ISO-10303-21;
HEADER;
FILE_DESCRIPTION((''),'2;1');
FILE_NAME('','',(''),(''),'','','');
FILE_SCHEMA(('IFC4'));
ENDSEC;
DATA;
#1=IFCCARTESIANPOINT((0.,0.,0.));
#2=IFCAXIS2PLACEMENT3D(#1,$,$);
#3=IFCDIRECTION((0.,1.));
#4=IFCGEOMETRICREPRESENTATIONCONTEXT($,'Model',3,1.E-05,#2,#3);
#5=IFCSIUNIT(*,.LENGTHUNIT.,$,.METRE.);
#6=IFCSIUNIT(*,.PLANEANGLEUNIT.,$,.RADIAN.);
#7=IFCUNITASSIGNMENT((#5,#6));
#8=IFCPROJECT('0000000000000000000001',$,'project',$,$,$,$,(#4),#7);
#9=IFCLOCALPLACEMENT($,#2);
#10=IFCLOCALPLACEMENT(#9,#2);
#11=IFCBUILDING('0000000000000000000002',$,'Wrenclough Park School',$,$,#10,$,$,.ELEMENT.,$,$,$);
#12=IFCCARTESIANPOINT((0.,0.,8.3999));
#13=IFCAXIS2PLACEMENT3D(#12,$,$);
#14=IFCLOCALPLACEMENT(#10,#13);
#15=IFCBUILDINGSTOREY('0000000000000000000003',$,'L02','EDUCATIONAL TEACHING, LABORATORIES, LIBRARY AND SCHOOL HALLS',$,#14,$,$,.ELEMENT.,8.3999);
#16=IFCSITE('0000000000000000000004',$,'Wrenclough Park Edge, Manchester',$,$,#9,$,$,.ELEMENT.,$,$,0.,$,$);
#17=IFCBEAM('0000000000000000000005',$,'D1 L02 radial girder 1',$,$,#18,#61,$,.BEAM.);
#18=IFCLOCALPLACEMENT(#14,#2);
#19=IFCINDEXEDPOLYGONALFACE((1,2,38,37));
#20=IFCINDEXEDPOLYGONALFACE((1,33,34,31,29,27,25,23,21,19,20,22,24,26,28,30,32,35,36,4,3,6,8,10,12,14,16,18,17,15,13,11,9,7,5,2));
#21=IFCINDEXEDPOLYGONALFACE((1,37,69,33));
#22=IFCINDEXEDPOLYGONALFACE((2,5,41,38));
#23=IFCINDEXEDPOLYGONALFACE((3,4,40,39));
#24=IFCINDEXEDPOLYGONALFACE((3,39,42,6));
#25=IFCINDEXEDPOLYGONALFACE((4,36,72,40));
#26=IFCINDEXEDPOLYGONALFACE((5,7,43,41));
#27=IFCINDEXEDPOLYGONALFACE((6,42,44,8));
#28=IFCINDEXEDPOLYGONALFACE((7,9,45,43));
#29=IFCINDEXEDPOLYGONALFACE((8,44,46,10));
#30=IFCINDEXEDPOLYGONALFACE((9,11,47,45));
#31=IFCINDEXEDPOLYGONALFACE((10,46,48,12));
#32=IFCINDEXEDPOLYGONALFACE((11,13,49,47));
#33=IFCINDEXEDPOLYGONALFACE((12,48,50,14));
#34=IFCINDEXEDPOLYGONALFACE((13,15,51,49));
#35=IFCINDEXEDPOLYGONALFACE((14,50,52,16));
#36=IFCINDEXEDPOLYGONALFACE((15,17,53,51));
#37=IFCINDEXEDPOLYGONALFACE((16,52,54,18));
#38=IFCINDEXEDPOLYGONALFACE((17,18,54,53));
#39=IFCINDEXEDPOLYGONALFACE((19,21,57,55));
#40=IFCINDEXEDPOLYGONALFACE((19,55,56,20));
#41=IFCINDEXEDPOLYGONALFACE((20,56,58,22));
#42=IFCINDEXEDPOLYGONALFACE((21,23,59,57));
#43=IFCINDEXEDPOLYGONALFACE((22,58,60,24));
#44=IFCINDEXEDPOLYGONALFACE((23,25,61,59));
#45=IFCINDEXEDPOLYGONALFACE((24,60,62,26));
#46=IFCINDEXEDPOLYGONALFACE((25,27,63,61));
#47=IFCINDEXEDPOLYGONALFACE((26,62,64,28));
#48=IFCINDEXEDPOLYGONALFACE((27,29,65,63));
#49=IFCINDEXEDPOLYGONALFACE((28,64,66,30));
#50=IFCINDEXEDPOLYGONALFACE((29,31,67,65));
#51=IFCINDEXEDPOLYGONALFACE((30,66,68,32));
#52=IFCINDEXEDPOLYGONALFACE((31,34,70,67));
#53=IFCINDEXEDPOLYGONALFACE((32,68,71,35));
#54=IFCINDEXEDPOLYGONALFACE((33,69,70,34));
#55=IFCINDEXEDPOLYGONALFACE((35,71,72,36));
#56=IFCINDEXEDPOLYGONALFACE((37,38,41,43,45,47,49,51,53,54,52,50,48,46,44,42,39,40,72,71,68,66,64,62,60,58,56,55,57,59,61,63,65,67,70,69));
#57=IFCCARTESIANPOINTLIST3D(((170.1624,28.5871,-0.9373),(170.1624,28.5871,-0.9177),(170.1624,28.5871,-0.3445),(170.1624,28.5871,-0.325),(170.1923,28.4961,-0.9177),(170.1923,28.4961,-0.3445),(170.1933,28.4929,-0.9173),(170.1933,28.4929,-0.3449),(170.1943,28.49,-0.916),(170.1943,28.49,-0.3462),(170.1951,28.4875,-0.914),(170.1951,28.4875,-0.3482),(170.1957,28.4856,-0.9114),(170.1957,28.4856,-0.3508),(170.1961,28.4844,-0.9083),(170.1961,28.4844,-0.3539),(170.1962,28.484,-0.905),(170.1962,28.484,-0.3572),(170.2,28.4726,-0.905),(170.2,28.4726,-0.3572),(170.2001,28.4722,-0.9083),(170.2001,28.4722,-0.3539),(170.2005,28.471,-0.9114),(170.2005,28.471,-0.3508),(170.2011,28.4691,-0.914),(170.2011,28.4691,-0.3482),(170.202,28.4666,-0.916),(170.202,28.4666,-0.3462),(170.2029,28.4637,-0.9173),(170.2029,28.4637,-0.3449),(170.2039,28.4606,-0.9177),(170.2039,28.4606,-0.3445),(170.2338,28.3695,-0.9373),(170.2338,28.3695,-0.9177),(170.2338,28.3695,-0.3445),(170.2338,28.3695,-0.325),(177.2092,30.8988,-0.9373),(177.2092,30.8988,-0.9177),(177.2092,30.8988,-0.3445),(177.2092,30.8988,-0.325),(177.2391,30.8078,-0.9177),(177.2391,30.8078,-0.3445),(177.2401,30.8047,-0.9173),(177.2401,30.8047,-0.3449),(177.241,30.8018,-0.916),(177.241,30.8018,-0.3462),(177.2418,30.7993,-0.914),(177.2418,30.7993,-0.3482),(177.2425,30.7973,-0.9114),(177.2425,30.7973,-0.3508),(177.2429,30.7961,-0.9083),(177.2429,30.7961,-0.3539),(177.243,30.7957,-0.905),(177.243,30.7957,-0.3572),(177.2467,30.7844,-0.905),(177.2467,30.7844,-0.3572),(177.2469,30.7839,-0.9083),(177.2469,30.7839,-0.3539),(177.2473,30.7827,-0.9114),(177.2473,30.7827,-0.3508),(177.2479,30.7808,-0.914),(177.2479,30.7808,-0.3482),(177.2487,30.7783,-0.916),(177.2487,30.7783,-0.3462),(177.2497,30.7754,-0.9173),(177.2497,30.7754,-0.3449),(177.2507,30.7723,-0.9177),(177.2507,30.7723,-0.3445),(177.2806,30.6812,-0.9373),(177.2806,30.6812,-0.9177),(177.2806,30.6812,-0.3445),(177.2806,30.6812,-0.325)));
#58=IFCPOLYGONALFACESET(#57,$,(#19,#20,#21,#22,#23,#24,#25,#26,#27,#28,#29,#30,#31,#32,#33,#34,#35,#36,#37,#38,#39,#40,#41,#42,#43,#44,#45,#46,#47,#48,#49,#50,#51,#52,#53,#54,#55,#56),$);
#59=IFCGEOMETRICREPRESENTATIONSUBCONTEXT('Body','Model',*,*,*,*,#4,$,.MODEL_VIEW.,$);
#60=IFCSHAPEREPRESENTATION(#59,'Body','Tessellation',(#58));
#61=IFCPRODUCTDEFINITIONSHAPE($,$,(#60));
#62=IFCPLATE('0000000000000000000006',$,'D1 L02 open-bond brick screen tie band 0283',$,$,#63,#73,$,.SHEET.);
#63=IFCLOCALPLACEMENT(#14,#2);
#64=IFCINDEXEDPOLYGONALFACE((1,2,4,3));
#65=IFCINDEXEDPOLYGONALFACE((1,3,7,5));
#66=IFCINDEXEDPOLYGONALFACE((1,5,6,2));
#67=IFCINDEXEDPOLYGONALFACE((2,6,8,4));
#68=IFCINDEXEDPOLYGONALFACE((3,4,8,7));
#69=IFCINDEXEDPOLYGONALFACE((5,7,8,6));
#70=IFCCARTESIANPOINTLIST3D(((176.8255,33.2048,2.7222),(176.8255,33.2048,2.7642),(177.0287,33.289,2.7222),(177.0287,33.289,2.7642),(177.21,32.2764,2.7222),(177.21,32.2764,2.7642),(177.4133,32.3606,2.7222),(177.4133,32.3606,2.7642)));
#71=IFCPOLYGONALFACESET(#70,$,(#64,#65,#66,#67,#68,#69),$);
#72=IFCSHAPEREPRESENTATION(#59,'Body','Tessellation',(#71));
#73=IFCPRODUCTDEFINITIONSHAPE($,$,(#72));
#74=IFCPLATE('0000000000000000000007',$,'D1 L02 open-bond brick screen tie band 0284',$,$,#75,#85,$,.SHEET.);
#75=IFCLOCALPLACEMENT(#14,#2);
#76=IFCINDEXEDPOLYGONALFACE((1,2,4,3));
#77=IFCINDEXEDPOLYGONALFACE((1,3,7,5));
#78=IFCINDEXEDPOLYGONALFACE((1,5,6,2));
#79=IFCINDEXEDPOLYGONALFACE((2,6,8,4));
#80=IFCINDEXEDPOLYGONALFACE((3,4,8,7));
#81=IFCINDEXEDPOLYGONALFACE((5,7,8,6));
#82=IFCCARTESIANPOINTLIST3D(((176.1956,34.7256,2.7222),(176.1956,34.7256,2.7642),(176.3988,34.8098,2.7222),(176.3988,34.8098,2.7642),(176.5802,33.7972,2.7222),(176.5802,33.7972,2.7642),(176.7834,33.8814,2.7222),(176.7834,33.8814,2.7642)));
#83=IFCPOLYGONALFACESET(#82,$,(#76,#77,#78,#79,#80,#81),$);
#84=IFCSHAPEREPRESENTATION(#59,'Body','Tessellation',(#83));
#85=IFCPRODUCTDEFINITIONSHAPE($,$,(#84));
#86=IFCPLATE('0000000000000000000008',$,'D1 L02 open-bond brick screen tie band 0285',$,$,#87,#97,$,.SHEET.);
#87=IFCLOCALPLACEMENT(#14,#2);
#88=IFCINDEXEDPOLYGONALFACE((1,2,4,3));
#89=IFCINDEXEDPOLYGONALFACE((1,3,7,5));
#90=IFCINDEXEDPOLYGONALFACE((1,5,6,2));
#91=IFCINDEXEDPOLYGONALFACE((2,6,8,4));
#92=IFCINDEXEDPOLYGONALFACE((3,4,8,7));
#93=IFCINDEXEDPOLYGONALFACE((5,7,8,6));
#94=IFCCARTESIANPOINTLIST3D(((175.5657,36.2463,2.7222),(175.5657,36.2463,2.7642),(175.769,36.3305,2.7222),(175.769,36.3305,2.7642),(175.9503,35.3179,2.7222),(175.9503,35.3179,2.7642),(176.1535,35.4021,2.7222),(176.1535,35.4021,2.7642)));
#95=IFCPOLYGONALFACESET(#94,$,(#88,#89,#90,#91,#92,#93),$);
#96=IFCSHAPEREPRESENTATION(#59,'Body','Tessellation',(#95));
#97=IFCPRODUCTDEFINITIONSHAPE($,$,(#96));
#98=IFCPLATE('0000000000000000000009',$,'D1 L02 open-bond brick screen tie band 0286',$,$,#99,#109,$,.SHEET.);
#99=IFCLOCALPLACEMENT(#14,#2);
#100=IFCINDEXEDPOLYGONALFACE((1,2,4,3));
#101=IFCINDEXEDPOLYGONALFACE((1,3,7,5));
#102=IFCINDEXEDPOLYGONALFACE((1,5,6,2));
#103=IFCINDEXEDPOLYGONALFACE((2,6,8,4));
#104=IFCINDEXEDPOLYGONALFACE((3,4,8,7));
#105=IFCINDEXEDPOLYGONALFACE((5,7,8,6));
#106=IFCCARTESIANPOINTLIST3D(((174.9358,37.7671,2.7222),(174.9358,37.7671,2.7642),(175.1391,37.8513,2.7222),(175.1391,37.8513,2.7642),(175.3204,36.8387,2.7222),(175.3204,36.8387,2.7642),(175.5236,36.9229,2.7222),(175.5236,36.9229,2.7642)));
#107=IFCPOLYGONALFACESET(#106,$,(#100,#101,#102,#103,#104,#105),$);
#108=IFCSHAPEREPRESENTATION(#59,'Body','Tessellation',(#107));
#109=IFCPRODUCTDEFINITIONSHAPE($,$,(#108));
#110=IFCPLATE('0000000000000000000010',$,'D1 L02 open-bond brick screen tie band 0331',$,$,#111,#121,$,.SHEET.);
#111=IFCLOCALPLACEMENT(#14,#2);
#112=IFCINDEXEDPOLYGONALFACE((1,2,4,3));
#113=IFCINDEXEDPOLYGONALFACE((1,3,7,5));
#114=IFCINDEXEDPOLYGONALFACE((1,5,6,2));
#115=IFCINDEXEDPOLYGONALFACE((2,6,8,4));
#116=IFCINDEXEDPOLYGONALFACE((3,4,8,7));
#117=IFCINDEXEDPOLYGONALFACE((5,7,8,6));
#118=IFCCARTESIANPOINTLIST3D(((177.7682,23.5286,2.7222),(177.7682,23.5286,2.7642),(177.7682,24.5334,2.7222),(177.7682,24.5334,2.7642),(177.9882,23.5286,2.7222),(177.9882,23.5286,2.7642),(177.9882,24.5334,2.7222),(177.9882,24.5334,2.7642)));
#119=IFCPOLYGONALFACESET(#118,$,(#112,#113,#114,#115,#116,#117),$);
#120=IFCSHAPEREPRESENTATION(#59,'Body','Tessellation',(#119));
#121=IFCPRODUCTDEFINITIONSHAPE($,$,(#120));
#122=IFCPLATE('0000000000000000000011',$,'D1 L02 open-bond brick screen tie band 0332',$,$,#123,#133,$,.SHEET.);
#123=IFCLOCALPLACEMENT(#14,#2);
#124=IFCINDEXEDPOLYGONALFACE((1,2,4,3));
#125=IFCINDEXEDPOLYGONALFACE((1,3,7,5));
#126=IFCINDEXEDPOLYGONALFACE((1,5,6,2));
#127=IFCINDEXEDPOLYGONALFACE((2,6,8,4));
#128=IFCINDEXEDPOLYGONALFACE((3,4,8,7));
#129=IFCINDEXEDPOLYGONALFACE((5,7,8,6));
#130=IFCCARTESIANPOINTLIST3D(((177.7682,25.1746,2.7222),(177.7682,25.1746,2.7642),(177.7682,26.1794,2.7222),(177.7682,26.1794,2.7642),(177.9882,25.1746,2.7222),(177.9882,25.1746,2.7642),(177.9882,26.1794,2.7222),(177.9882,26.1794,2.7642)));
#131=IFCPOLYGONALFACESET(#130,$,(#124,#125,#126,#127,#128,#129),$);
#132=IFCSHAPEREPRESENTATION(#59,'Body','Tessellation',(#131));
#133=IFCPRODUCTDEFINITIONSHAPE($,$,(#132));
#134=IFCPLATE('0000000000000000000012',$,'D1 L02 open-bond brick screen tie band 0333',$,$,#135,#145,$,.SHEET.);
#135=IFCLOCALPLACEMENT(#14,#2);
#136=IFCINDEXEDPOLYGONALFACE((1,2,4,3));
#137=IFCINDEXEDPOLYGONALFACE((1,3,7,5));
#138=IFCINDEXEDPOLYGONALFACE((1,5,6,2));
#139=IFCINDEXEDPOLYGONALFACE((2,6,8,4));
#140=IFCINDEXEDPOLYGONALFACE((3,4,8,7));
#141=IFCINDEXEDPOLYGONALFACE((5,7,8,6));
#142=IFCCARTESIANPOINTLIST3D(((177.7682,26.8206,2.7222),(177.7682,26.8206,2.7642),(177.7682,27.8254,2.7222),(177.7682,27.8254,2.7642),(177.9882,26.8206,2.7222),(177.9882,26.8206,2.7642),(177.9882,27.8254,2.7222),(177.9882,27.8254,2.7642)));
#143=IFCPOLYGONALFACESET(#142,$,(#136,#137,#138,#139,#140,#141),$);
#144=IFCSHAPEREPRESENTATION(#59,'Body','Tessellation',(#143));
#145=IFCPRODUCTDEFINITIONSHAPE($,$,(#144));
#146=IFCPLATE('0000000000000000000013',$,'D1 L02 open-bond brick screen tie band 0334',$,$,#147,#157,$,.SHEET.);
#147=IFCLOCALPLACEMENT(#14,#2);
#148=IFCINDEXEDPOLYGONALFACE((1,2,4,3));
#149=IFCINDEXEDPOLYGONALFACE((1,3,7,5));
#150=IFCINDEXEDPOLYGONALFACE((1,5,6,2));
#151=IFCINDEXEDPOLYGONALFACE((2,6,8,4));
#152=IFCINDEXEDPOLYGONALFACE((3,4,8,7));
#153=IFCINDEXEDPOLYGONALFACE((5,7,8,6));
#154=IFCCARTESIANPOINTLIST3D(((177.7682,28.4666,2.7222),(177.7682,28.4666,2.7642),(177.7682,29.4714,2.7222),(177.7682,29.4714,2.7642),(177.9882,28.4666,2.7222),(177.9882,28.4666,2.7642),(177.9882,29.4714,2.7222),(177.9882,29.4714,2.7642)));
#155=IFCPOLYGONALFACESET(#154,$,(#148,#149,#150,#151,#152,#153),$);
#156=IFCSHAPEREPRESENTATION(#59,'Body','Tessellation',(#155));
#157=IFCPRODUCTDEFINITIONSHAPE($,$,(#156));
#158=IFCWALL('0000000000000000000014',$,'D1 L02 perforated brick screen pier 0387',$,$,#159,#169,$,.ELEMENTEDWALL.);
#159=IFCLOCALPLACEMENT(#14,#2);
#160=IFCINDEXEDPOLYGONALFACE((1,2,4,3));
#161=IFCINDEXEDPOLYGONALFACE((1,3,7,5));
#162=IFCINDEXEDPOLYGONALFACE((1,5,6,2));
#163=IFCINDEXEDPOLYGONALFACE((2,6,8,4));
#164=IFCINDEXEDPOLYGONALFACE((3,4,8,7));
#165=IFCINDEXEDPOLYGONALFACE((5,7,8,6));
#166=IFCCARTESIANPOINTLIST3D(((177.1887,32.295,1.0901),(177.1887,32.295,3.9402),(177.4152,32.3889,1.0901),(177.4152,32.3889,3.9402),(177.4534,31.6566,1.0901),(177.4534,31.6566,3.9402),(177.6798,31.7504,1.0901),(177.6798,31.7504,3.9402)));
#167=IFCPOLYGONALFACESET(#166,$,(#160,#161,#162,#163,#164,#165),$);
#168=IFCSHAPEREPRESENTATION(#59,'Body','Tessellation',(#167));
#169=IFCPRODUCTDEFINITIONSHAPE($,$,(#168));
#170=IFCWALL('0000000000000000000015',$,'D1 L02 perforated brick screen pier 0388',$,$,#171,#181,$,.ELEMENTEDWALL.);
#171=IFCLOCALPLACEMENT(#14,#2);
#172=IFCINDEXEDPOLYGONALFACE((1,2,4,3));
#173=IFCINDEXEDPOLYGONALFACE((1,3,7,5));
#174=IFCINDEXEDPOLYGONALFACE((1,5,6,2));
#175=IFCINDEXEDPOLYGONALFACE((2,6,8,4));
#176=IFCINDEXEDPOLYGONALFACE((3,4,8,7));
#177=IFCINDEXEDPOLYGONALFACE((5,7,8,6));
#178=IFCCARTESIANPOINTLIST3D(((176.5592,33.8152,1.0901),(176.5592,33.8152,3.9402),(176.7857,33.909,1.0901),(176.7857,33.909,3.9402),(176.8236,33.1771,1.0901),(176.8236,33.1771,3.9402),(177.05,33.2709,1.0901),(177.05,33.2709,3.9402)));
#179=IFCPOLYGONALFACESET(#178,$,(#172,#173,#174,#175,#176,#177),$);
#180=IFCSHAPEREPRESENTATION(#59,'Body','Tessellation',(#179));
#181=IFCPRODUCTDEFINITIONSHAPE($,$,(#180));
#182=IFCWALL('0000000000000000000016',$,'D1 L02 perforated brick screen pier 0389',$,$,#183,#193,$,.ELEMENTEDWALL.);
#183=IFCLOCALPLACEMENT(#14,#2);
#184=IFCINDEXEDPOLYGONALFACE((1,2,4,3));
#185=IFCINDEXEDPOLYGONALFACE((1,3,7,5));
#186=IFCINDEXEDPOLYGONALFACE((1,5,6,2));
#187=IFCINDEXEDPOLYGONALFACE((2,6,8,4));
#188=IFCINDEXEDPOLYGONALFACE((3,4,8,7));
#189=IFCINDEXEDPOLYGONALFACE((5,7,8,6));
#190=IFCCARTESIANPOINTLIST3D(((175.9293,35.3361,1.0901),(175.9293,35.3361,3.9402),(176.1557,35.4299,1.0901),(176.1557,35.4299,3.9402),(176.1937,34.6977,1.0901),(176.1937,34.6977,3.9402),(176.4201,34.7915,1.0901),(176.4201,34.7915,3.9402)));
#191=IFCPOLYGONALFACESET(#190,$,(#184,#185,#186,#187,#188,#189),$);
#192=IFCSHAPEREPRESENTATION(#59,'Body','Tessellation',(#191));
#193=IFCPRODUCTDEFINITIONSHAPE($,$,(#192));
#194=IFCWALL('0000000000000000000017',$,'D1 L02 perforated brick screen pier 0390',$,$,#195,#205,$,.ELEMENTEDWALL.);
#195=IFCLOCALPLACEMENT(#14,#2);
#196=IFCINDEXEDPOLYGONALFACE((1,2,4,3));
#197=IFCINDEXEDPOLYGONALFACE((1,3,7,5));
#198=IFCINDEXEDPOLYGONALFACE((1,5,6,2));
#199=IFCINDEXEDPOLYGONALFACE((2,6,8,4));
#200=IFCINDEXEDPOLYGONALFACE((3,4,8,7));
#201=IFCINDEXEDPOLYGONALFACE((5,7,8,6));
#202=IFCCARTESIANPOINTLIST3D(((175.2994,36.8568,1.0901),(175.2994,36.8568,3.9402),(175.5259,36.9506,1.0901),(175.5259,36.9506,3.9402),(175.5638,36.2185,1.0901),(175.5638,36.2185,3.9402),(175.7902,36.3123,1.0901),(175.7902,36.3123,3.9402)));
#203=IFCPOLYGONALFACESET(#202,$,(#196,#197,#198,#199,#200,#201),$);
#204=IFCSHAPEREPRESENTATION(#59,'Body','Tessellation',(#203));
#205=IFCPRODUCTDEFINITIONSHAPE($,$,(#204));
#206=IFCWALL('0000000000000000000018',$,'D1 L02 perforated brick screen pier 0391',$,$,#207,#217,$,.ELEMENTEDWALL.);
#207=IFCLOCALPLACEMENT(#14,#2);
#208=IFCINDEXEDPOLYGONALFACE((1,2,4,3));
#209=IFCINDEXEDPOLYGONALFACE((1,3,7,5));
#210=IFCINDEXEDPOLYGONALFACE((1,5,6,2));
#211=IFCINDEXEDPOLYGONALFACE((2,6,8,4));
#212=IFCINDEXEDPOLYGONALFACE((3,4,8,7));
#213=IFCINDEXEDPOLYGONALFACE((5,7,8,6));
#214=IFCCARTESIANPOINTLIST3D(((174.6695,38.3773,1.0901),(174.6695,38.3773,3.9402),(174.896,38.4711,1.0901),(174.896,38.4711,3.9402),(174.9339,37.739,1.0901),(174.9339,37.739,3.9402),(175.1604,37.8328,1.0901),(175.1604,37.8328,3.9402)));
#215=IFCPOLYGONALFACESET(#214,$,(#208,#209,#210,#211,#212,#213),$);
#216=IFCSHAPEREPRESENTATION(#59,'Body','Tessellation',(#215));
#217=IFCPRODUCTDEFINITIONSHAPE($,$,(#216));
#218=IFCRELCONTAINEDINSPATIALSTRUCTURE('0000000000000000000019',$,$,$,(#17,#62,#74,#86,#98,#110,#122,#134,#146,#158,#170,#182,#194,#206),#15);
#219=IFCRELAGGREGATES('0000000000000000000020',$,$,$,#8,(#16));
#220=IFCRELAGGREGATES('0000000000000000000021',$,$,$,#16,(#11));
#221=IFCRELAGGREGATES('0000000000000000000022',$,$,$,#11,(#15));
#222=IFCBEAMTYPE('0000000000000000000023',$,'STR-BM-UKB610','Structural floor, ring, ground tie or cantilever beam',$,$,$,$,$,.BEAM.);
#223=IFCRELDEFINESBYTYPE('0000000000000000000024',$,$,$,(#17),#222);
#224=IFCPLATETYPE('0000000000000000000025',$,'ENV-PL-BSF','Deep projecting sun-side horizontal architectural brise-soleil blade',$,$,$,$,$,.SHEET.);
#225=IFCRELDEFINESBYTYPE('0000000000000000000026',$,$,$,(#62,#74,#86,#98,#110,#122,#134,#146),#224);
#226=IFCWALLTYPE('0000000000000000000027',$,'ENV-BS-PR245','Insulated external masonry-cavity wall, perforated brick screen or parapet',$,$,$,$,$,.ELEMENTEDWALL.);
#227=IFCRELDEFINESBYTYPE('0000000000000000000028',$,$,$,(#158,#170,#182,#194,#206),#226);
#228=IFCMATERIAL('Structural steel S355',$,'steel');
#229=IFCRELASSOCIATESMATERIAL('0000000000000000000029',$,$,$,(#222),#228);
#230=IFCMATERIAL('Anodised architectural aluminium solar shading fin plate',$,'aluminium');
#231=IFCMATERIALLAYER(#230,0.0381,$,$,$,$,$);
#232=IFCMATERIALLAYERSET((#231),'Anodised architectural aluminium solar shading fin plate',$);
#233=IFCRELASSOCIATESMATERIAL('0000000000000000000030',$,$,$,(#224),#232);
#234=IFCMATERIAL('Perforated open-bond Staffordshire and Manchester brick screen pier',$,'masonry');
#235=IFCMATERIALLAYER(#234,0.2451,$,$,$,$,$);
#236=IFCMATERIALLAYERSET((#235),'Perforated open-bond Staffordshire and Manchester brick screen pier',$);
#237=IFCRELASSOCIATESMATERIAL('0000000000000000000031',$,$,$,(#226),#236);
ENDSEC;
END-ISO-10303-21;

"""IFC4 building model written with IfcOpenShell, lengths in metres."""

from ifc_helpers import new_model, si_unit, direction, frame, frame_2d, origin, origin_2d, place, context, subcontext, project, spatial, rectangle, i_section, extrude, material, layer, layer_set, material_profile, profile_set, type_object, element, save


model = new_model("IFC4")

# Units and contexts
model_context = context("Model", 3, precision=1e-05, world=origin(), true_north=direction((0.0, 1.0)))
body_context = subcontext(model_context, "Body", "Model", "MODEL_VIEW")
ifc_project = project(units=[si_unit("LENGTHUNIT", "METRE"), si_unit("PLANEANGLEUNIT", "RADIAN")], contexts=[model_context])

# Site, building, storey
site_placement = place(None, origin())
site = spatial("IfcSite", under=ifc_project, at=site_placement, Name="Wrenclough Park Edge, Manchester", CompositionType="ELEMENT", RefElevation=0.0)
building_placement = place(site_placement, origin())
building = spatial("IfcBuilding", under=site, at=building_placement, Name="Wrenclough Park School", CompositionType="ELEMENT")
storey_placement = place(building_placement, frame((0.0, 0.0, 8.3999)))
storey = spatial("IfcBuildingStorey", under=building, at=storey_placement, Name="L02", Description="EDUCATIONAL TEACHING, LABORATORIES, LIBRARY AND SCHOOL HALLS", CompositionType="ELEMENT", Elevation=8.3999)

# Shared definitions
ifc_material_1 = material(Name="Structural steel S355", Category="steel")

# Beam
ifc_material_profile_1 = material_profile(ifc_material_1, i_section(OverallWidth=0.229, OverallDepth=0.6123, WebThickness=0.012, FlangeThickness=0.0195, FilletRadius=0.0127, at=origin_2d()), Name="UKB 610x229x125")
ifc_profile_set_1 = profile_set([ifc_material_profile_1], Name="Structural steel S355")
beam_type_1 = type_object("IfcBeamType", Name="STR-BM-UKB610", Description="Structural floor, ring, ground tie or cantilever beam", PredefinedType="BEAM", material=ifc_profile_set_1)
beam_1_placement = place(storey_placement, frame((177.2449, 30.79, -0.6311), z_axis=(-0.950177, -0.311711, 0.0), x_axis=(0.311711, -0.950177, 0.0)))
element("IfcBeam", 1, at=beam_1_placement, inside=storey, type_object=beam_type_1, Name="D1 L02 radial girder 1", PredefinedType="BEAM", context=body_context, shape_type="SweptSolid", body=[
    extrude(i_section(OverallWidth=0.229, OverallDepth=0.6123, WebThickness=0.012, FlangeThickness=0.0195, FilletRadius=0.0127, at=origin_2d()), origin(), (0.0, 0.0, 1.0), 7.4163),
])

# Plates
ifc_material_2 = material(Name="Anodised architectural aluminium solar shading fin plate", Category="aluminium")
ifc_layer_1 = layer(ifc_material_2, 0.0381)
ifc_layer_set_1 = layer_set([ifc_layer_1], Name="Anodised architectural aluminium solar shading fin plate")
plate_type = type_object("IfcPlateType", Name="ENV-PL-BSF", Description="Deep projecting sun-side horizontal architectural brise-soleil blade", PredefinedType="SHEET", material=ifc_layer_set_1)
for number, where, z_axis, x_axis, name in (
    (2, (177.1194, 32.7827, 2.7222), (0.0, 0.0, 1.0), (-0.382684, 0.923879, 0.0), "D1 L02 open-bond brick screen tie band 0283"),
    (3, (176.4895, 34.3035, 2.7222), (0.0, 0.0, 1.0), (-0.382684, 0.923879, 0.0), "D1 L02 open-bond brick screen tie band 0284"),
    (4, (175.8596, 35.8242, 2.7222), (0.0, 0.0, 1.0), (-0.382684, 0.923879, 0.0), "D1 L02 open-bond brick screen tie band 0285"),
    (5, (175.2297, 37.345, 2.7222), (0.0, 0.0, 1.0), (-0.382684, 0.923879, 0.0), "D1 L02 open-bond brick screen tie band 0286"),
    (6, (177.8782, 24.031, 2.7222), (0.0, 0.0, 1.0), (0.0, 1.0, 0.0), "D1 L02 open-bond brick screen tie band 0331"),
    (7, (177.8782, 25.677, 2.7222), (0.0, 0.0, 1.0), (0.0, 1.0, 0.0), "D1 L02 open-bond brick screen tie band 0332"),
    (8, (177.8782, 27.323, 2.7222), (0.0, 0.0, 1.0), (0.0, 1.0, 0.0), "D1 L02 open-bond brick screen tie band 0333"),
    (9, (177.8782, 28.969, 2.7222), (0.0, 0.0, 1.0), (0.0, 1.0, 0.0), "D1 L02 open-bond brick screen tie band 0334"),
):
    element("IfcPlate", number, at=place(storey_placement, frame(where, z_axis=z_axis, x_axis=x_axis)), inside=storey, type_object=plate_type, Name=name, PredefinedType="SHEET", context=body_context, shape_type="SweptSolid", body=[
        extrude(rectangle(XDim=1.0049, YDim=0.22, at=origin_2d()), origin(), (0.0, 0.0, 1.0), 0.042),
    ])

# Walls
ifc_material_3 = material(Name="Perforated open-bond Staffordshire and Manchester brick screen pier", Category="masonry")
ifc_layer_2 = layer(ifc_material_3, 0.2451)
ifc_layer_set_2 = layer_set([ifc_layer_2], Name="Perforated open-bond Staffordshire and Manchester brick screen pier")
wall_type_1 = type_object("IfcWallType", Name="ENV-BS-PR245", Description="Insulated external masonry-cavity wall, perforated brick screen or parapet", PredefinedType="ELEMENTEDWALL", material=ifc_layer_set_2)
wall_1_placement = place(storey_placement, frame((177.5667, 31.7034, 1.0901), z_axis=(0.0, 0.0, 1.0), x_axis=(-0.382934, 0.923776, 0.0)))
element("IfcWall", 10, at=wall_1_placement, inside=storey, type_object=wall_type_1, Name="D1 L02 perforated brick screen pier 0387", PredefinedType="ELEMENTEDWALL", context=body_context, shape_type="SweptSolid", body=[
    extrude(rectangle(XDim=0.6912, YDim=0.2451, at=frame_2d((0.3457, 0.0))), origin(), (0.0, 0.0, 1.0), 2.8501),
])
wall_2_placement = place(storey_placement, frame((176.9368, 33.2241, 1.0901), z_axis=(0.0, 0.0, 1.0), x_axis=(-0.382758, 0.923849, 0.0)))
element("IfcWall", 11, at=wall_2_placement, inside=storey, type_object=wall_type_1, Name="D1 L02 perforated brick screen pier 0388", PredefinedType="ELEMENTEDWALL", context=body_context, shape_type="SweptSolid", body=[
    extrude(rectangle(XDim=0.6907, YDim=0.2451, at=frame_2d((0.3452, 0.0))), origin(), (0.0, 0.0, 1.0), 2.8501),
])
for number, where, z_axis, x_axis, name in (
    (12, (176.3069, 34.7446, 1.0901), (0.0, 0.0, 1.0), (-0.382633, 0.923901, 0.0), "D1 L02 perforated brick screen pier 0389"),
    (13, (175.677, 36.2654, 1.0901), (0.0, 0.0, 1.0), (-0.382633, 0.923901, 0.0), "D1 L02 perforated brick screen pier 0390"),
    (14, (175.0471, 37.7859, 1.0901), (0.0, 0.0, 1.0), (-0.382633, 0.923901, 0.0), "D1 L02 perforated brick screen pier 0391"),
):
    element("IfcWall", number, at=place(storey_placement, frame(where, z_axis=z_axis, x_axis=x_axis)), inside=storey, type_object=wall_type_1, Name=name, PredefinedType="ELEMENTEDWALL", context=body_context, shape_type="SweptSolid", body=[
        extrude(rectangle(XDim=0.6909, YDim=0.2451, at=frame_2d((0.3455, 0.0))), origin(), (0.0, 0.0, 1.0), 2.8501),
    ])

save(model, "model.ifc")
